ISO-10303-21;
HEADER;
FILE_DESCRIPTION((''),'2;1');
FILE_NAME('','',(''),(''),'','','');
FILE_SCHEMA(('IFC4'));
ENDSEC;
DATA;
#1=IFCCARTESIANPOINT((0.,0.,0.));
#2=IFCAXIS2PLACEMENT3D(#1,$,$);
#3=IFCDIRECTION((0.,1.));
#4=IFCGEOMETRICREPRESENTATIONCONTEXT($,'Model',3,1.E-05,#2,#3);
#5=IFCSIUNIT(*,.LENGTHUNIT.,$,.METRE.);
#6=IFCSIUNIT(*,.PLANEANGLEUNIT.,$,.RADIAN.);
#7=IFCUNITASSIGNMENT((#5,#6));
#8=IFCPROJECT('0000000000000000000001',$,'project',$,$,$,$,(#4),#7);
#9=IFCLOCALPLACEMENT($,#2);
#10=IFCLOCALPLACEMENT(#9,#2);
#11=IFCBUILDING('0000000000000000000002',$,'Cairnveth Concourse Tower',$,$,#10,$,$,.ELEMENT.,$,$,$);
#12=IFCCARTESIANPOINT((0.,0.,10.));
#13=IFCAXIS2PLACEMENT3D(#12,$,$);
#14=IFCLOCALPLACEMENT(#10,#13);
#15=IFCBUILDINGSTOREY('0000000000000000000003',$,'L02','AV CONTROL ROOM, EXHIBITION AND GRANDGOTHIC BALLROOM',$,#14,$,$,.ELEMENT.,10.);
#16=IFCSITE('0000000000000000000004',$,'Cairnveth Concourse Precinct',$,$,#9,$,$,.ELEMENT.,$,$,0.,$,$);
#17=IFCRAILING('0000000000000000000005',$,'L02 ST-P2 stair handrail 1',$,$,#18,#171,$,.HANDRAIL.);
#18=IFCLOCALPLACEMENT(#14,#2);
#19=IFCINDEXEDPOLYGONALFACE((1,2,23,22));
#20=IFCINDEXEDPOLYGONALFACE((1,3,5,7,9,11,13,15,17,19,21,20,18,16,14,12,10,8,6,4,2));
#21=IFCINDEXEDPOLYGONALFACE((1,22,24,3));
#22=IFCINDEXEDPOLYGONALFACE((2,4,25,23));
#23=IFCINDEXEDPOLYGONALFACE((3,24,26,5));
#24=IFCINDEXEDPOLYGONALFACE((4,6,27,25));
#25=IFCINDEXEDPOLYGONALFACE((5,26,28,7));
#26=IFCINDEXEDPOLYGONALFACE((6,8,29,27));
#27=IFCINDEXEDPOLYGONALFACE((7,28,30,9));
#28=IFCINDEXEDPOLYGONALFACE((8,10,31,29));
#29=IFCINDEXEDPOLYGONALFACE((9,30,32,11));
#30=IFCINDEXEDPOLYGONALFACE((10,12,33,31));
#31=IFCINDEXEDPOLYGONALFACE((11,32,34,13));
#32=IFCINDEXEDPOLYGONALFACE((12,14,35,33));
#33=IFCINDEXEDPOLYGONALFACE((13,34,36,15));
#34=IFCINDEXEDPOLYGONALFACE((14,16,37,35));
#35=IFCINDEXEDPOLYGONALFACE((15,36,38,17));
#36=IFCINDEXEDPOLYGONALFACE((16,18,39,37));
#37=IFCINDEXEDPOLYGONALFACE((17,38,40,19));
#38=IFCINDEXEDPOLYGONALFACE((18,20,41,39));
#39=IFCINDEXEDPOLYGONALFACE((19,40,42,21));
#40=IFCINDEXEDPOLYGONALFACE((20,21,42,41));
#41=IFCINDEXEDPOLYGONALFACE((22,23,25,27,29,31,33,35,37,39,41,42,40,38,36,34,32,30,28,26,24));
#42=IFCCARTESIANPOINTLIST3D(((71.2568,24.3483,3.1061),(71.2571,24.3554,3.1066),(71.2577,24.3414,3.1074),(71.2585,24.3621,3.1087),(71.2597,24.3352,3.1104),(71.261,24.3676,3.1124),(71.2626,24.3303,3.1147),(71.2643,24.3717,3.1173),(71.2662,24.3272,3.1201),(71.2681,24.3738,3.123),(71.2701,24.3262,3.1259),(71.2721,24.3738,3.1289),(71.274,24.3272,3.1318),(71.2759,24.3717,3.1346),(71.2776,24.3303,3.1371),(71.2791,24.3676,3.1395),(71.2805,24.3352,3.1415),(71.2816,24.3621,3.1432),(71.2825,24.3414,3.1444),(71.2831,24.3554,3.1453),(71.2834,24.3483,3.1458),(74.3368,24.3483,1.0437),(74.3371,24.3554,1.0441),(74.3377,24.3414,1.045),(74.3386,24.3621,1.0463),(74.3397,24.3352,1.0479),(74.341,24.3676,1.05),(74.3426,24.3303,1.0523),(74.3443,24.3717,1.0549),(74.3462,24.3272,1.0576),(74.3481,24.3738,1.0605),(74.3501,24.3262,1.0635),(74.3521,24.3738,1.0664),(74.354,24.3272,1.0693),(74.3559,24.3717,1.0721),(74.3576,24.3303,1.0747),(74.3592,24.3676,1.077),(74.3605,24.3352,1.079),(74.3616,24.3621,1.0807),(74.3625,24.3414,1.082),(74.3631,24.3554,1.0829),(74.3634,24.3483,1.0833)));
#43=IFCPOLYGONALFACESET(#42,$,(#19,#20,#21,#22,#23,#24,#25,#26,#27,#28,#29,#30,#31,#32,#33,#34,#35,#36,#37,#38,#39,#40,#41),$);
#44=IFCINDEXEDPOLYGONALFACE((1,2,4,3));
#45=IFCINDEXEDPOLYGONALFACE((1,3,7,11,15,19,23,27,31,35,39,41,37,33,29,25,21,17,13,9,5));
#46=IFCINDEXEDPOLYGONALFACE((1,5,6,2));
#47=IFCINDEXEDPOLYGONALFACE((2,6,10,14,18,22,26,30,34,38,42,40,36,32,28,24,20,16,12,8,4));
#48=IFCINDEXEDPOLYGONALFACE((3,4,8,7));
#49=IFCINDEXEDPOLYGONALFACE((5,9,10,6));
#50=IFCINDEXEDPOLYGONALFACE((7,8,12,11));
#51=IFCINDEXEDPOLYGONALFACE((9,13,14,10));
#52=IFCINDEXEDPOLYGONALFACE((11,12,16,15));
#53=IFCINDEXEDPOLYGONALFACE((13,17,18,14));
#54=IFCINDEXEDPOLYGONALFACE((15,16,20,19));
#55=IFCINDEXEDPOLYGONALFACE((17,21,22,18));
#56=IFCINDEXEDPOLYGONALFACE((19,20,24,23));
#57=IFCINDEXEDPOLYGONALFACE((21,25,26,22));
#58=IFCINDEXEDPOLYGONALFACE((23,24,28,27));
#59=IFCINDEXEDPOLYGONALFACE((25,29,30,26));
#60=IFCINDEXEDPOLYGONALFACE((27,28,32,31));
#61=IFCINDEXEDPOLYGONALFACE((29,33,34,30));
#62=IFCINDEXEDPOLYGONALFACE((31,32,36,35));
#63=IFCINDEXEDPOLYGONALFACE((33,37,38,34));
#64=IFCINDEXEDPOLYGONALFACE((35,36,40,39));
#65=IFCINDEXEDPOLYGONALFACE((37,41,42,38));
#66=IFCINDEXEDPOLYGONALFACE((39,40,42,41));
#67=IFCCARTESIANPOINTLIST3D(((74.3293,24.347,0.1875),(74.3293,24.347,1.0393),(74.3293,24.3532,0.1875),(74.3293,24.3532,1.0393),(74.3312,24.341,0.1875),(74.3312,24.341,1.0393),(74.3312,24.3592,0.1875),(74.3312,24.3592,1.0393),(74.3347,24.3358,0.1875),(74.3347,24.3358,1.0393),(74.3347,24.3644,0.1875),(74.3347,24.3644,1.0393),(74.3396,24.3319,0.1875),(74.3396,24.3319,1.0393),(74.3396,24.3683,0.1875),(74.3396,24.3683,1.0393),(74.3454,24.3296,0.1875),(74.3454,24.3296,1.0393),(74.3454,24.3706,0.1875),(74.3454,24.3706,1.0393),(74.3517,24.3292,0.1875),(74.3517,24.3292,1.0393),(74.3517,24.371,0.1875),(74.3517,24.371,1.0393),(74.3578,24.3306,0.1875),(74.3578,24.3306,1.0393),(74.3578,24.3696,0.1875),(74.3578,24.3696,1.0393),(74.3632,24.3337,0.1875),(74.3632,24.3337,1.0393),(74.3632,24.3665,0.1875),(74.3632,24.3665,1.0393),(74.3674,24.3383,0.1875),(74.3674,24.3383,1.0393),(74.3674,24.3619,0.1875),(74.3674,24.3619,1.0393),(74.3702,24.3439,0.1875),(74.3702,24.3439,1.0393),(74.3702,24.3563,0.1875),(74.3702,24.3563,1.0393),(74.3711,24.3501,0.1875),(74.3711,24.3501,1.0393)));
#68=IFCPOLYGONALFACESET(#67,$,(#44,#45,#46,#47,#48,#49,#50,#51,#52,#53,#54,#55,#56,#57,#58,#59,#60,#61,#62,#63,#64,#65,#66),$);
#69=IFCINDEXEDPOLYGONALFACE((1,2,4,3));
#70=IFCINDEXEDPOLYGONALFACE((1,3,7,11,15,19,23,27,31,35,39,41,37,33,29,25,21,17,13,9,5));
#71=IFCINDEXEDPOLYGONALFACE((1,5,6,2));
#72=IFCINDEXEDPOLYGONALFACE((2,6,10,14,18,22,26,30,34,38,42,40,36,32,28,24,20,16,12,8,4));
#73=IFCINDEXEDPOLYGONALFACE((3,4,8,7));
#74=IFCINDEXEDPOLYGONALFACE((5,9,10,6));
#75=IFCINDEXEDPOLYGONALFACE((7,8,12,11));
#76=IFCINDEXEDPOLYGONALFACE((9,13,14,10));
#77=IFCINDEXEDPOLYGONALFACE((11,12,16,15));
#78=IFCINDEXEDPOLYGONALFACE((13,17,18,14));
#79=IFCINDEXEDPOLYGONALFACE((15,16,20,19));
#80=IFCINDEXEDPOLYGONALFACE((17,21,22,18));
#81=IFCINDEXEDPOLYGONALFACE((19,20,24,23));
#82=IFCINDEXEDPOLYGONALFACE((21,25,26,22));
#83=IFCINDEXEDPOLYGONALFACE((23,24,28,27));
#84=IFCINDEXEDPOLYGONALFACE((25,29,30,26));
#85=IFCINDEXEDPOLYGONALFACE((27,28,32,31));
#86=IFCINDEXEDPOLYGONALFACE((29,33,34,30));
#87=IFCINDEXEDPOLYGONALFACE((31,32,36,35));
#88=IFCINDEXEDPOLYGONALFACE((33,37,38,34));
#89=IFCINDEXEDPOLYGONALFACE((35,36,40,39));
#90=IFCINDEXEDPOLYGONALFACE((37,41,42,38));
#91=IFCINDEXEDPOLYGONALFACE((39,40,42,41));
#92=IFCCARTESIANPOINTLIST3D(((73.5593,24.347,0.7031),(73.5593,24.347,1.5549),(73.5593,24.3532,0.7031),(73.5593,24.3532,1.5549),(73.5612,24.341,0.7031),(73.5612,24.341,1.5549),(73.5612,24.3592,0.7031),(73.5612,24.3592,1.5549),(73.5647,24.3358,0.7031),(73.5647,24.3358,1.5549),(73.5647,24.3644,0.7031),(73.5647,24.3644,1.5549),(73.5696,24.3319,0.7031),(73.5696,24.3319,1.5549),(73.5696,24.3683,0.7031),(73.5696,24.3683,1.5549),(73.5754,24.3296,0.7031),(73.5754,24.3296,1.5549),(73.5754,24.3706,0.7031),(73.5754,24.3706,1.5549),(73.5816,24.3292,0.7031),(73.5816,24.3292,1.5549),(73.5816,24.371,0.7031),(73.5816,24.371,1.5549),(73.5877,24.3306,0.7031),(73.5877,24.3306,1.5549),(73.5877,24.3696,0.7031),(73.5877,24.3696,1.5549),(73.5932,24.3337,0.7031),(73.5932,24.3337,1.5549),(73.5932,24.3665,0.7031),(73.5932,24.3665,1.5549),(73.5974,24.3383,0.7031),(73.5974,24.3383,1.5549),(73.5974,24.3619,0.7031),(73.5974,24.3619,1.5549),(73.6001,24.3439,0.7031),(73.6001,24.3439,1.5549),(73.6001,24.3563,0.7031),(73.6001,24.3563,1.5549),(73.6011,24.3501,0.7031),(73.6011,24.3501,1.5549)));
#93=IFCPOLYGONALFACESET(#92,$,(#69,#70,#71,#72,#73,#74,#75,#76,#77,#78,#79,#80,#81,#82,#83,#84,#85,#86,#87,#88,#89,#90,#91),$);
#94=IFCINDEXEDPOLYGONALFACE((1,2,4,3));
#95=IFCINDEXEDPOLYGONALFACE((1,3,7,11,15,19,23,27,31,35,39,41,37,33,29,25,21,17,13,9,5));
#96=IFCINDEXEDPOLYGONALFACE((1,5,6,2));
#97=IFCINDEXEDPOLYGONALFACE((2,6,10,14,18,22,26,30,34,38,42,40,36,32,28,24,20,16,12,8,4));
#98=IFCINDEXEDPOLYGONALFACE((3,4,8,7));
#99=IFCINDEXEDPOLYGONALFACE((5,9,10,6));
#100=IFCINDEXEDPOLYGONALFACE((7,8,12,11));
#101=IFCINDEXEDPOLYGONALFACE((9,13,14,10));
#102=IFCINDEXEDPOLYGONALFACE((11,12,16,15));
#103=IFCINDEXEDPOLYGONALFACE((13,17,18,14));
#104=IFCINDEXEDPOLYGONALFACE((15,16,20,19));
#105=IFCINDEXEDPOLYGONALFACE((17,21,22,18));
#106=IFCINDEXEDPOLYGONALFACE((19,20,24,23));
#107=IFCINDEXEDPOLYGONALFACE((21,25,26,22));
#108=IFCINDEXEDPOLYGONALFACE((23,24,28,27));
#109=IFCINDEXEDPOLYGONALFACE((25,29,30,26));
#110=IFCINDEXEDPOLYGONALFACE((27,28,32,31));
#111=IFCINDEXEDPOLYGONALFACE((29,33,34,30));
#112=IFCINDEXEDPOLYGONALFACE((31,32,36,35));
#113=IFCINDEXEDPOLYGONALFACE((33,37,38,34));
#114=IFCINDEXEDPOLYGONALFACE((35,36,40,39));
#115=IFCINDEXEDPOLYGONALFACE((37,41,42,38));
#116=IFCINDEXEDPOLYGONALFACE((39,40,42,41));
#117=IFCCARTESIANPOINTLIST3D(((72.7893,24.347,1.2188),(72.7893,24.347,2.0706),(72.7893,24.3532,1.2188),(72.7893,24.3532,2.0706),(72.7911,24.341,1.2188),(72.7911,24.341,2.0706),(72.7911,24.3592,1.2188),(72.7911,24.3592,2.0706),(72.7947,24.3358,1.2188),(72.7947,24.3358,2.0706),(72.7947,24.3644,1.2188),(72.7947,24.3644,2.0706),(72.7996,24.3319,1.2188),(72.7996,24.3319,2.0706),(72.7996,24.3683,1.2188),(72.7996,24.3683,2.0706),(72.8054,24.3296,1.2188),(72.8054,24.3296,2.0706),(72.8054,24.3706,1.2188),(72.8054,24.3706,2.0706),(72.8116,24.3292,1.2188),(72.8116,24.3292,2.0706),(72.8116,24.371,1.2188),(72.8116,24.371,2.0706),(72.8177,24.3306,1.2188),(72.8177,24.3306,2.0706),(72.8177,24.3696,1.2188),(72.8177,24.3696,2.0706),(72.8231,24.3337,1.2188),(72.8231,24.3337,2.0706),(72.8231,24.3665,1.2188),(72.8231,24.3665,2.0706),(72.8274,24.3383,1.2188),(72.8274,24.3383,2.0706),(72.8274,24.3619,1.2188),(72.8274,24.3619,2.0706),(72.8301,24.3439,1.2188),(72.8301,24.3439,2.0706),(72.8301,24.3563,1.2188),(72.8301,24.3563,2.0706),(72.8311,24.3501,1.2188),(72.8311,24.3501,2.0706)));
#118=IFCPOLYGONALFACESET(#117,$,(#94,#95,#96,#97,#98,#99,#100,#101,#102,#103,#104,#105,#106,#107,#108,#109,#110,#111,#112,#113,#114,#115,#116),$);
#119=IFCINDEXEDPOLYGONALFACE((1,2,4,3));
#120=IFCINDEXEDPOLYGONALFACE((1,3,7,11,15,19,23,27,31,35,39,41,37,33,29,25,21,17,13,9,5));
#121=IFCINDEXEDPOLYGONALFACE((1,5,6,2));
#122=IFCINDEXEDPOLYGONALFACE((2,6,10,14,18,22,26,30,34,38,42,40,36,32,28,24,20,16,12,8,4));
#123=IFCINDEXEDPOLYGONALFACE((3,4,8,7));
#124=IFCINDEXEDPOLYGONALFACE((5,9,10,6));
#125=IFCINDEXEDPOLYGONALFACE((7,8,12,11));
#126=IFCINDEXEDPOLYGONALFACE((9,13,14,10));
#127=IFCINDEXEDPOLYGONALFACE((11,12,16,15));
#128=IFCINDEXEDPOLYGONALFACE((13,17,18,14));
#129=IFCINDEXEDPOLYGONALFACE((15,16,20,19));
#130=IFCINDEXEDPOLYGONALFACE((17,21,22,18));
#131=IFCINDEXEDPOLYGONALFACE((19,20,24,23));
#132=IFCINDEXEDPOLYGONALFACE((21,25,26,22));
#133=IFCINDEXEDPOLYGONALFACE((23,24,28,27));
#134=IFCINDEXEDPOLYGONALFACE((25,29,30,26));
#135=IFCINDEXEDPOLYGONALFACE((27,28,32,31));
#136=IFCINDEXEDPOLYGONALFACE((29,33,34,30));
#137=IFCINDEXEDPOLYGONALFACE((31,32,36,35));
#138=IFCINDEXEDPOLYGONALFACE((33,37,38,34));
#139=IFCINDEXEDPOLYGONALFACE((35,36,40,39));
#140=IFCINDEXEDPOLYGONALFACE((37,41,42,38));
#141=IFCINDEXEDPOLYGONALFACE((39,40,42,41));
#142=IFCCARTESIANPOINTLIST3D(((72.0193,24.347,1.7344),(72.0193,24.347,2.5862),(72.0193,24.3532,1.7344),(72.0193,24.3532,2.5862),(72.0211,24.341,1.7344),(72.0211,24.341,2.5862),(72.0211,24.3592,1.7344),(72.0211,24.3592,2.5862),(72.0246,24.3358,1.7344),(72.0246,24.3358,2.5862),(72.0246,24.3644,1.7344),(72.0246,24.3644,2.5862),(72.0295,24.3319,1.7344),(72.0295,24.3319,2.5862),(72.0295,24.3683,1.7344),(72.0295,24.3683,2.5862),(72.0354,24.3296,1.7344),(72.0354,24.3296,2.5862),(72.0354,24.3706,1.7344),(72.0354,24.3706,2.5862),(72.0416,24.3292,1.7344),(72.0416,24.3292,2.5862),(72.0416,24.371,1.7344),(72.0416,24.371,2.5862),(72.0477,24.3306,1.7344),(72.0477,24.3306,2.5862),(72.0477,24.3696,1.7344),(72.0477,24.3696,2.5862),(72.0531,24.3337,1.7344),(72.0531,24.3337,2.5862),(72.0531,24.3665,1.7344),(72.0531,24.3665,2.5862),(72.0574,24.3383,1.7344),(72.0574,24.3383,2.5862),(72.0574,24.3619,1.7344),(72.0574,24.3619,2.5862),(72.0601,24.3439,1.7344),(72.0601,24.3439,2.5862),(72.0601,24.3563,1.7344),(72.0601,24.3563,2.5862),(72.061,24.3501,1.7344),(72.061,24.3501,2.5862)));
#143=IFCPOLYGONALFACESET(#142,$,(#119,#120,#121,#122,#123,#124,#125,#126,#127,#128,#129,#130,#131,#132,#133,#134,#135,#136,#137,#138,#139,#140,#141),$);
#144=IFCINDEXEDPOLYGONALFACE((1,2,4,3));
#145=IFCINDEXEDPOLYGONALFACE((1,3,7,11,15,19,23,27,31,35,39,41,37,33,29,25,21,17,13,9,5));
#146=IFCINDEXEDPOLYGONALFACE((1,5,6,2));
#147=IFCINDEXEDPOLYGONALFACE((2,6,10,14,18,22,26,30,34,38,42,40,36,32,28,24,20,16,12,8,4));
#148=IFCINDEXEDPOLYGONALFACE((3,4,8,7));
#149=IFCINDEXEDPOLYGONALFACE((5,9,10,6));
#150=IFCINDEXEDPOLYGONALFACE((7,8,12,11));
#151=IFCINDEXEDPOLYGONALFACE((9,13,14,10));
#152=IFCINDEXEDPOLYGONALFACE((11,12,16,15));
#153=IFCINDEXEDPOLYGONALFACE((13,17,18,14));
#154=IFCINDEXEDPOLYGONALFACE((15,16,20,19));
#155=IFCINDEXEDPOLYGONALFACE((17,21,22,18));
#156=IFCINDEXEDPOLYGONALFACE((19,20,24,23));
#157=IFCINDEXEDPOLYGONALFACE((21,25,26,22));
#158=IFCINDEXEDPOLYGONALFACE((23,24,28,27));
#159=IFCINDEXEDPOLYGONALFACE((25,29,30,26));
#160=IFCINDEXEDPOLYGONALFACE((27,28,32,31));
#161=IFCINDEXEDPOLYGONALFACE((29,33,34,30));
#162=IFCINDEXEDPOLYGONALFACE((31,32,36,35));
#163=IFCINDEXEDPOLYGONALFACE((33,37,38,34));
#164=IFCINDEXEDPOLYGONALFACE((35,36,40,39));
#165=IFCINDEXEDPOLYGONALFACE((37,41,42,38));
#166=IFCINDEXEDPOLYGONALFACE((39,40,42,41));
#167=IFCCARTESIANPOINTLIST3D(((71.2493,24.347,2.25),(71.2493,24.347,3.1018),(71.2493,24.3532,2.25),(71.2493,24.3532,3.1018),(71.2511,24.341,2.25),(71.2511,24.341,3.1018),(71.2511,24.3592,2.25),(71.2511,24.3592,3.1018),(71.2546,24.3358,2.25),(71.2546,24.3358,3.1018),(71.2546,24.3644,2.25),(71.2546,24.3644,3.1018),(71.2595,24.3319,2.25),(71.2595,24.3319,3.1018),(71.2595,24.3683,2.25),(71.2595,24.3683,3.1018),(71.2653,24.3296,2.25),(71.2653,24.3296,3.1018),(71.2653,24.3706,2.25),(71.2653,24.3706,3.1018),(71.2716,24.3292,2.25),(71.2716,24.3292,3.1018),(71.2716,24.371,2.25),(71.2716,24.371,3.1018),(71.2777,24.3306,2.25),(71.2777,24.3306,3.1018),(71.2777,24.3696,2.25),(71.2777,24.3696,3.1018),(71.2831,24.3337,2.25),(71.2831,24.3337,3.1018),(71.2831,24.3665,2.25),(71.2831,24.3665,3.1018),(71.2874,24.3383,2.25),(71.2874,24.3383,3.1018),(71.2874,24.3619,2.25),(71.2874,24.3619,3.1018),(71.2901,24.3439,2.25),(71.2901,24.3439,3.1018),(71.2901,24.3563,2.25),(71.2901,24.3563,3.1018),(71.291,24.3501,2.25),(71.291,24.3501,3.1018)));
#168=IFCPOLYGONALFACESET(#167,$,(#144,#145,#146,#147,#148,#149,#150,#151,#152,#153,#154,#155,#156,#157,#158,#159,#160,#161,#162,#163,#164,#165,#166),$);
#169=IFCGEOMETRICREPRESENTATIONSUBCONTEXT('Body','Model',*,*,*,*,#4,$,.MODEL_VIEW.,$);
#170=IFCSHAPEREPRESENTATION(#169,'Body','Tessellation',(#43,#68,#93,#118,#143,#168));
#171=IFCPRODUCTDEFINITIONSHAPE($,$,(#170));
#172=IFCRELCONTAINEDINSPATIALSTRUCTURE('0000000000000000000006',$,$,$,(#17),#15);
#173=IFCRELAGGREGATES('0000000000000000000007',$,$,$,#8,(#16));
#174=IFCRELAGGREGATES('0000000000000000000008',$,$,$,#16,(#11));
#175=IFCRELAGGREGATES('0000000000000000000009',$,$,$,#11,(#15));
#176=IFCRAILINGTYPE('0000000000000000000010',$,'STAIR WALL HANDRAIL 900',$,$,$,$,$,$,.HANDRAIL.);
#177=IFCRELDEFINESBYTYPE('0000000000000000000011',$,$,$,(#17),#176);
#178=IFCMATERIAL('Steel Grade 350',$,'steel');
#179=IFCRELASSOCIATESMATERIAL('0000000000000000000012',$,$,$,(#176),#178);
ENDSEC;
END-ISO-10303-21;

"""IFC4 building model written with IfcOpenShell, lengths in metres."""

from ifc_helpers import new_model, si_unit, direction, frame, origin, origin_2d, place, context, subcontext, project, spatial, circle, extrude, material, type_object, element, save


model = new_model("IFC4")

# Units and contexts
model_context = context("Model", 3, precision=1e-05, world=origin(), true_north=direction((0.0, 1.0)))
body_context = subcontext(model_context, "Body", "Model", "MODEL_VIEW")
ifc_project = project(units=[si_unit("LENGTHUNIT", "METRE"), si_unit("PLANEANGLEUNIT", "RADIAN")], contexts=[model_context])

# Site, building, storey
site_placement = place(None, origin())
site = spatial("IfcSite", under=ifc_project, at=site_placement, Name="Cairnveth Concourse Precinct", CompositionType="ELEMENT", RefElevation=0.0)
building_placement = place(site_placement, origin())
building = spatial("IfcBuilding", under=site, at=building_placement, Name="Cairnveth Concourse Tower", CompositionType="ELEMENT")
storey_placement = place(building_placement, frame((0.0, 0.0, 10.0)))
storey = spatial("IfcBuildingStorey", under=building, at=storey_placement, Name="L02", Description="AV CONTROL ROOM, EXHIBITION AND GRANDGOTHIC BALLROOM", CompositionType="ELEMENT", Elevation=10.0)

# Shared definitions
ifc_material_1 = material(Name="Steel Grade 350", Category="steel")

# Railing
railing_type_1 = type_object("IfcRailingType", Name="STAIR WALL HANDRAIL 900", PredefinedType="HANDRAIL", material=ifc_material_1)
railing_1_placement = place(storey_placement, frame((74.3501, 24.3501, 0.1875)))
element("IfcRailing", 1, at=railing_1_placement, inside=storey, type_object=railing_type_1, Name="L02 ST-P2 stair handrail 1", PredefinedType="HANDRAIL", context=body_context, shape_type="SweptSolid", body=[
    extrude(circle(Radius=0.0239, at=origin_2d()), frame((0.0, 0.0, 0.876), z_axis=(-0.830914, 0.0, 0.556401), x_axis=(0.0, -1.0, 0.0)), (0.0, 0.0, 1.0), 3.7068),
    extrude(circle(Radius=0.021, at=origin_2d()), origin(), (0.0, 0.0, 1.0), 0.8518),
    extrude(circle(Radius=0.021, at=origin_2d()), frame((-0.77, 0.0, 0.5156)), (0.0, 0.0, 1.0), 0.8518),
    extrude(circle(Radius=0.021, at=origin_2d()), frame((-1.54, 0.0, 1.0312)), (0.0, 0.0, 1.0), 0.8518),
    extrude(circle(Radius=0.021, at=origin_2d()), frame((-2.3101, 0.0, 1.5469)), (0.0, 0.0, 1.0), 0.8518),
    extrude(circle(Radius=0.021, at=origin_2d()), frame((-3.0801, 0.0, 2.0625)), (0.0, 0.0, 1.0), 0.8518),
])

save(model, "model.ifc")
